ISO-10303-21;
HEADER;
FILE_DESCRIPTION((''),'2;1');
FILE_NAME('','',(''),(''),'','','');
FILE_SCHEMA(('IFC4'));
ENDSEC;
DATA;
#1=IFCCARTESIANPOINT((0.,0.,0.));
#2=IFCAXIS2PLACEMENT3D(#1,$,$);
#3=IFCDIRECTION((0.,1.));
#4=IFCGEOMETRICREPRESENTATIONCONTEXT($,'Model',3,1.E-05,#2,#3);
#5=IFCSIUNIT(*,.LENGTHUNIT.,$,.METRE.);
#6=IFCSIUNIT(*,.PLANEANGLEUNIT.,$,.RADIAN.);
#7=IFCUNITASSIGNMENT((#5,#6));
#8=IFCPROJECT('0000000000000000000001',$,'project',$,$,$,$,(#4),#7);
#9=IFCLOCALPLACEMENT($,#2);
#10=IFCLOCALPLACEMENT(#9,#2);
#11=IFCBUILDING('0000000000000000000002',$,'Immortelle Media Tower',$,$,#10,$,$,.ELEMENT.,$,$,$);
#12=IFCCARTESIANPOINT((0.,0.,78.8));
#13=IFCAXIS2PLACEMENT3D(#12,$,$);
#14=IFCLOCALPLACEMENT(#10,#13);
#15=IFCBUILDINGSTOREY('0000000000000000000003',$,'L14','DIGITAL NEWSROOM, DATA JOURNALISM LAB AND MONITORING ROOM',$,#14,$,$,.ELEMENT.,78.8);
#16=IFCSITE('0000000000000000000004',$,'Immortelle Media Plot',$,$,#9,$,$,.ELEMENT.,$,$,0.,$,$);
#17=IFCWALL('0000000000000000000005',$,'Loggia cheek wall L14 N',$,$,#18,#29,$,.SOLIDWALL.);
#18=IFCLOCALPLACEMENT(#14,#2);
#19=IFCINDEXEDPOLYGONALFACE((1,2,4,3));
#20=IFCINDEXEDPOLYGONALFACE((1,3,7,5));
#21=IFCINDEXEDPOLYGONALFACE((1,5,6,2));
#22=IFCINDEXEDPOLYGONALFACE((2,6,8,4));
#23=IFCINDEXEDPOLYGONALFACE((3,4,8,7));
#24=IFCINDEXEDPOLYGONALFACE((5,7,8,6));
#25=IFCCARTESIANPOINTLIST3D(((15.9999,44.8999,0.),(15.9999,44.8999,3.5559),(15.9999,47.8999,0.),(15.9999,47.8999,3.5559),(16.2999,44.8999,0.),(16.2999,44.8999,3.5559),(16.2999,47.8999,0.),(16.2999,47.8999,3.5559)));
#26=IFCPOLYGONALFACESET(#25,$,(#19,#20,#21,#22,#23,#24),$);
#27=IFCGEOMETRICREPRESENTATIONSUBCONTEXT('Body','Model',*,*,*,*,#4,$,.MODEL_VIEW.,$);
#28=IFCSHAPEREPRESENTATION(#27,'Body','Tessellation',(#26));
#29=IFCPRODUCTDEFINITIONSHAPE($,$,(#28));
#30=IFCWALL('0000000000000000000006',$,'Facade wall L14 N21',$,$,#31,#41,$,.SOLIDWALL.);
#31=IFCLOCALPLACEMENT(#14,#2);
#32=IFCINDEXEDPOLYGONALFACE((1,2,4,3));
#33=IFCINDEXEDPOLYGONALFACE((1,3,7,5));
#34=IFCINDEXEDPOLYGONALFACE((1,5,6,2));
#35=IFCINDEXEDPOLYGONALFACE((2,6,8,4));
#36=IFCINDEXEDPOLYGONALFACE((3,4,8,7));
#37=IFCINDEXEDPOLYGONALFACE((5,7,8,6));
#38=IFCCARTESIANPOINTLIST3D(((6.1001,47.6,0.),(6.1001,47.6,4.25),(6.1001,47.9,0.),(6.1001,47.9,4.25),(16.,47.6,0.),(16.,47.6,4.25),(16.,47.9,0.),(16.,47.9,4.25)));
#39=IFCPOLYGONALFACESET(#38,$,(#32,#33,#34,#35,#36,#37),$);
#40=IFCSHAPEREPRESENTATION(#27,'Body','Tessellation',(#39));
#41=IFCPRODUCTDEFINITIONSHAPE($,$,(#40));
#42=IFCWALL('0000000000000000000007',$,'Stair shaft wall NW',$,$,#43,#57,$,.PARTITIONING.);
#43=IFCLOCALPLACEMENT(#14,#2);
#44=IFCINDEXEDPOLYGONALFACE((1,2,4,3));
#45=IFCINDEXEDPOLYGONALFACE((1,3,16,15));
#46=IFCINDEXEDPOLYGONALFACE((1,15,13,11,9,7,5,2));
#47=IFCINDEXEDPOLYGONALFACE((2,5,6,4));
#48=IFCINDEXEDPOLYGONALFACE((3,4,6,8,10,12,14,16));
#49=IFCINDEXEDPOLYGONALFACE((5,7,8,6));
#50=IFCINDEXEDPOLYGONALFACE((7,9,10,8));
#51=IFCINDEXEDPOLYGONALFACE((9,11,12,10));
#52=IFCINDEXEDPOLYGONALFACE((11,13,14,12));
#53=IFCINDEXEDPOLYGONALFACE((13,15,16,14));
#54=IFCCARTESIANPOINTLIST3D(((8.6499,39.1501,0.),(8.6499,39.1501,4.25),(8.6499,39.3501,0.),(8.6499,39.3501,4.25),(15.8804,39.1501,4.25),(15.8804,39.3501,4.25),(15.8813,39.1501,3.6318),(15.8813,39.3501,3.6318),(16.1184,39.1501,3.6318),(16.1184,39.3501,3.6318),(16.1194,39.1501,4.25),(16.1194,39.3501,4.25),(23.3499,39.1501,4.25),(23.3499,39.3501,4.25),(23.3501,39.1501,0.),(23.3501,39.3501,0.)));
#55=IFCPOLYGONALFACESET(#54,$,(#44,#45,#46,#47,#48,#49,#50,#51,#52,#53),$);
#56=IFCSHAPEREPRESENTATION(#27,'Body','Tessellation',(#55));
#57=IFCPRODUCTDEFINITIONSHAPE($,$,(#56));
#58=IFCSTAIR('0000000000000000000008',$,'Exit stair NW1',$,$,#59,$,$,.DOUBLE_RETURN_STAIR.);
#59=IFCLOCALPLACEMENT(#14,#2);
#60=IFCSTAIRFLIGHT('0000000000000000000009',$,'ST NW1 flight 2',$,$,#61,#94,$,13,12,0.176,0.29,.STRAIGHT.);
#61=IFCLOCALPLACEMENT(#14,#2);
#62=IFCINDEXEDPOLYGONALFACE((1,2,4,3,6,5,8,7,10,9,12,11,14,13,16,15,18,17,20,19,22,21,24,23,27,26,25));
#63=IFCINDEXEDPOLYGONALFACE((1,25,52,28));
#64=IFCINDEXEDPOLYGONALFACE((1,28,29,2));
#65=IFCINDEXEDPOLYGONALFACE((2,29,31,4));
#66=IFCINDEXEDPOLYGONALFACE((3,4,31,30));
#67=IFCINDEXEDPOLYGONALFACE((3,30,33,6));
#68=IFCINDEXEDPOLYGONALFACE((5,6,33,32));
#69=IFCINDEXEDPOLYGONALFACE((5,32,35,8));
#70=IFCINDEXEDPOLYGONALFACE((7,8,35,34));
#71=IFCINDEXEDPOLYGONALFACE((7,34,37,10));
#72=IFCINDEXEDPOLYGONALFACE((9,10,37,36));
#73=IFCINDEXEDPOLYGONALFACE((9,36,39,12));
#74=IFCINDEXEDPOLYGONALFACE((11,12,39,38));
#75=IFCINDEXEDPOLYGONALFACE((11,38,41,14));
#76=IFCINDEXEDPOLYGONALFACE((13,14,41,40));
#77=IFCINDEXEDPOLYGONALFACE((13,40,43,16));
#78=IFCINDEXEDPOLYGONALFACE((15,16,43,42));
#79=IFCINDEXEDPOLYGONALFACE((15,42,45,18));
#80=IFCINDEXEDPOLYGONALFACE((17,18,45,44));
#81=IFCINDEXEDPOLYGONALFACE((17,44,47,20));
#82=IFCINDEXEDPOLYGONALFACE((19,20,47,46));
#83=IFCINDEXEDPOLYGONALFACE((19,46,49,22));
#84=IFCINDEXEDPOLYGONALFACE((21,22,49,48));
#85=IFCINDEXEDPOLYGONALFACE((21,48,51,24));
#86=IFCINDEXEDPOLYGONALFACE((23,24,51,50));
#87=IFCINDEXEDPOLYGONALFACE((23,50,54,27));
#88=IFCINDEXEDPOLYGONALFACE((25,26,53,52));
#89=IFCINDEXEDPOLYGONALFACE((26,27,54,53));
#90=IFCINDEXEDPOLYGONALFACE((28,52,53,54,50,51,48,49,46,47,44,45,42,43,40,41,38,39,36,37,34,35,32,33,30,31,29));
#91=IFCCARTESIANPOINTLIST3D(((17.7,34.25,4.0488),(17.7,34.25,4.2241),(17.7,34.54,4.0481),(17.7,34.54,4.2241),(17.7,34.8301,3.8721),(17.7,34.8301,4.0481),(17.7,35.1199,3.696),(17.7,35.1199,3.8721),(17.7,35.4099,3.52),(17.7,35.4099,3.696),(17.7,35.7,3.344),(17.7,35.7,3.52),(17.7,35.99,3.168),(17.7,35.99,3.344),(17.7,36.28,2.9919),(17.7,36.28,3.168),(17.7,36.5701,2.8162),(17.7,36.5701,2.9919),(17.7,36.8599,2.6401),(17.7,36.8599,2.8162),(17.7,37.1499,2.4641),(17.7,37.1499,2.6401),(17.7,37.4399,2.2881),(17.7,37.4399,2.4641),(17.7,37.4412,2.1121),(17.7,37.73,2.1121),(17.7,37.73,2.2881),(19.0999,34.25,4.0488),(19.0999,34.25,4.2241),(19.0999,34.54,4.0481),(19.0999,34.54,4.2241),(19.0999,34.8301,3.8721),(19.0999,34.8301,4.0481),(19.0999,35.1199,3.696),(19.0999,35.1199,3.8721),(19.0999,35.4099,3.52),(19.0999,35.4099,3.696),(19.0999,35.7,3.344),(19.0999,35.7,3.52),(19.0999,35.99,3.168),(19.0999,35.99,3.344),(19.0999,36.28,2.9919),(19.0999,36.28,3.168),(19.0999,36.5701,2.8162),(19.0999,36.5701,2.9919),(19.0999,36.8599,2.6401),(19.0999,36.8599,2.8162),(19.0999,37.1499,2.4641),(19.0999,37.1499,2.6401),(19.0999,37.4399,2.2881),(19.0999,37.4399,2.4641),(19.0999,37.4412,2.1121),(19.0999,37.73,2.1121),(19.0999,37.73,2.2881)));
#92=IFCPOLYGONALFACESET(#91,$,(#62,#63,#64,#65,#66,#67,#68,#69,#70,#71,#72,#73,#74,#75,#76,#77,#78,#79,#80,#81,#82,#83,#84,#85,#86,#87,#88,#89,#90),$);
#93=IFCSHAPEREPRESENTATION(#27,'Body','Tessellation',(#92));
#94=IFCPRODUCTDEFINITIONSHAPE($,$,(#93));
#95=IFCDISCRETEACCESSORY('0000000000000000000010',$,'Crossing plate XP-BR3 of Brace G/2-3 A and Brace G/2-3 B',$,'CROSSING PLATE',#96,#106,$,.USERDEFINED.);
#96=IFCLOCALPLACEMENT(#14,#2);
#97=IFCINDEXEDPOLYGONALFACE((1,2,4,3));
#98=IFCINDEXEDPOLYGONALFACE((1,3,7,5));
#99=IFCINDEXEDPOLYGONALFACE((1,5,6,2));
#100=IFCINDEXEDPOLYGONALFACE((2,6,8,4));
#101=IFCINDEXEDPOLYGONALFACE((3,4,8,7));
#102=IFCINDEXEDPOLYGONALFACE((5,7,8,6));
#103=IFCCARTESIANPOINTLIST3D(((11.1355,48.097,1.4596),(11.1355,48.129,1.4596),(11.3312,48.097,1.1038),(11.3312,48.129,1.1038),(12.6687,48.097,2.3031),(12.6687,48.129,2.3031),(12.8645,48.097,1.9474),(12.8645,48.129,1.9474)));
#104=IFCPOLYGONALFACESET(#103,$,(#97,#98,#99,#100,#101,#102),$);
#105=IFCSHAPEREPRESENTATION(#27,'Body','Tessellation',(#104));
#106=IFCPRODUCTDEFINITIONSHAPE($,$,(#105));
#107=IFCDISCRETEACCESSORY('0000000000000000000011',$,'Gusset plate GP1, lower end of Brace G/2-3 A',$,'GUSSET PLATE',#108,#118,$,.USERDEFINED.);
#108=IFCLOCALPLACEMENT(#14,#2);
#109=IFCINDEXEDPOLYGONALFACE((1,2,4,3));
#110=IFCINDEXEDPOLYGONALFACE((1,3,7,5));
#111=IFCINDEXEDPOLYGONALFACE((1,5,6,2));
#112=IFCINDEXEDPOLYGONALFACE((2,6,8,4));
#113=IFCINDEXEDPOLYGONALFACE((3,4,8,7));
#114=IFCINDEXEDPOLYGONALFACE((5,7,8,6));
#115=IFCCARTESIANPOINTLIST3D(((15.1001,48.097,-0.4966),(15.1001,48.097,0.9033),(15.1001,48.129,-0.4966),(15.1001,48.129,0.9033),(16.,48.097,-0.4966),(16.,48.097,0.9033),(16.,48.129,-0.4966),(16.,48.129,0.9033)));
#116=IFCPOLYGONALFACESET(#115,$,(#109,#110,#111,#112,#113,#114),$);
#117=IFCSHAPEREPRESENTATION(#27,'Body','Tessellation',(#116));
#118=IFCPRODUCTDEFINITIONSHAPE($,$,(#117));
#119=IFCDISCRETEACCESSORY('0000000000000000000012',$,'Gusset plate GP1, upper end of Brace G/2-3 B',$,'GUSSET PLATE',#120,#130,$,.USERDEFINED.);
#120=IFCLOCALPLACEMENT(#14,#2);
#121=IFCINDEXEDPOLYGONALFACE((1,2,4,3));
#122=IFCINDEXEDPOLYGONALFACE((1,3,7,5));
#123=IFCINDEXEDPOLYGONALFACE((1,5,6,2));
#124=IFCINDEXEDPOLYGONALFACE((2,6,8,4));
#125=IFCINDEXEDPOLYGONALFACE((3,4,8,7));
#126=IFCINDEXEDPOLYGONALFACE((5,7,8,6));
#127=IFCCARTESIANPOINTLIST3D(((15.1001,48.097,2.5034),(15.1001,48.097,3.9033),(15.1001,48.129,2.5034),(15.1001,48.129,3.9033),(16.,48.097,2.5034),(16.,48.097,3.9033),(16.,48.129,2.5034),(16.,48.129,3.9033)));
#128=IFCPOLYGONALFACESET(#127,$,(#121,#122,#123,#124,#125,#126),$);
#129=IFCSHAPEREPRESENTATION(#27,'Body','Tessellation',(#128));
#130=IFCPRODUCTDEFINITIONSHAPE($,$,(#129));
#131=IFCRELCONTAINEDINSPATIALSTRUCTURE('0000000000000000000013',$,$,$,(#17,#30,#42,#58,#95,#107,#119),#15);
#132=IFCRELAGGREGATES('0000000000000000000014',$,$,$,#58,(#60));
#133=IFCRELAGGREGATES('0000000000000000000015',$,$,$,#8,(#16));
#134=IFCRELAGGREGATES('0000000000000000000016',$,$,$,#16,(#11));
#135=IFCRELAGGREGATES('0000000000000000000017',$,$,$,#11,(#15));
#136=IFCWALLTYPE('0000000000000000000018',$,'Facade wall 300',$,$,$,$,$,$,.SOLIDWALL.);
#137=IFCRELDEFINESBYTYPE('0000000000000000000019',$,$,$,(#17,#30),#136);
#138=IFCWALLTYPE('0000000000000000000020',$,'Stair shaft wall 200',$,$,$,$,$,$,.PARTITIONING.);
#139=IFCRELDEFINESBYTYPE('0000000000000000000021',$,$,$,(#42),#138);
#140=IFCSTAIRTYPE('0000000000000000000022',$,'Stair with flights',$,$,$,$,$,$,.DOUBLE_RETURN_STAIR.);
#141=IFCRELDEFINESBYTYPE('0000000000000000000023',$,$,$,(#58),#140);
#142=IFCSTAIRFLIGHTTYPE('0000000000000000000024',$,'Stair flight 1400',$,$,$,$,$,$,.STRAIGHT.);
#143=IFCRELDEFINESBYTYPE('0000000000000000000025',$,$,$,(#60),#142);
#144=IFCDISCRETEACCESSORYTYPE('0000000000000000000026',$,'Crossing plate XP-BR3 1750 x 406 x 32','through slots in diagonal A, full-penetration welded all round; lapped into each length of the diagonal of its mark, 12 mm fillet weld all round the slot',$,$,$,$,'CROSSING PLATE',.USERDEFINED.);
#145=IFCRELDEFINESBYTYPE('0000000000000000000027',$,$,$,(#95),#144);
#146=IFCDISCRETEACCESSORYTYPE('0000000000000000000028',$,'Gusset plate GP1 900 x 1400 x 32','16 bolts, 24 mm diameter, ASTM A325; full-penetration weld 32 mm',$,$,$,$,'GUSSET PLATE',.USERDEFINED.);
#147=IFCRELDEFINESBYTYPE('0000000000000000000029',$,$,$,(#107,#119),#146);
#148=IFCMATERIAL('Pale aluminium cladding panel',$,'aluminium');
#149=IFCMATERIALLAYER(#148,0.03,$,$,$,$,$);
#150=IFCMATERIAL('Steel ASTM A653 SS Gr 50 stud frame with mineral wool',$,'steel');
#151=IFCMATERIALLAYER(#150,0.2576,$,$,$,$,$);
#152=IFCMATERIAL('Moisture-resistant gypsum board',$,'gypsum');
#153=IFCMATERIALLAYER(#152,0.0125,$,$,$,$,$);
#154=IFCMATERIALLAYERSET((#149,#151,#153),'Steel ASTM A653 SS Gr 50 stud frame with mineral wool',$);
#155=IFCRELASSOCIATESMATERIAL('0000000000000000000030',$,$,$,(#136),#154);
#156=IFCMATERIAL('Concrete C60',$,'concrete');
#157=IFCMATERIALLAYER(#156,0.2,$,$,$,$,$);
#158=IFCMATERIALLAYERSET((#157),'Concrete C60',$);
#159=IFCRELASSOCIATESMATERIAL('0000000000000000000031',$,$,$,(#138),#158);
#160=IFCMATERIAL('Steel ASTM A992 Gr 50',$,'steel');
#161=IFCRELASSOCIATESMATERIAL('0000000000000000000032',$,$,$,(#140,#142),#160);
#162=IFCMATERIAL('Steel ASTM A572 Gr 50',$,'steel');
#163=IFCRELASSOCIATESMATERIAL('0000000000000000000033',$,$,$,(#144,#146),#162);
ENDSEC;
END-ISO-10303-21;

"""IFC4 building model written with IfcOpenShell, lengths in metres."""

from ifc_helpers import new_model, si_unit, direction, frame, frame_2d, origin, origin_2d, place, context, subcontext, project, spatial, polyline, rectangle, outline, extrude, material, layer, layer_set, material_profile, profile_set, type_object, element, aggregate, save


model = new_model("IFC4")

# Units and contexts
model_context = context("Model", 3, precision=1e-05, world=origin(), true_north=direction((0.0, 1.0)))
body_context = subcontext(model_context, "Body", "Model", "MODEL_VIEW")
ifc_project = project(units=[si_unit("LENGTHUNIT", "METRE"), si_unit("PLANEANGLEUNIT", "RADIAN")], contexts=[model_context])

# Site, building, storey
site_placement = place(None, origin())
site = spatial("IfcSite", under=ifc_project, at=site_placement, Name="Immortelle Media Plot", CompositionType="ELEMENT", RefElevation=0.0)
building_placement = place(site_placement, origin())
building = spatial("IfcBuilding", under=site, at=building_placement, Name="Immortelle Media Tower", CompositionType="ELEMENT")
storey_placement = place(building_placement, frame((0.0, 0.0, 78.8)))
storey = spatial("IfcBuildingStorey", under=building, at=storey_placement, Name="L14", Description="DIGITAL NEWSROOM, DATA JOURNALISM LAB AND MONITORING ROOM", CompositionType="ELEMENT", Elevation=78.8)

# Shared definitions
ifc_material_1 = material(Name="Steel ASTM A992 Gr 50", Category="steel")

# Walls
ifc_material_2 = material(Name="Pale aluminium cladding panel", Category="aluminium")
ifc_layer_1 = layer(ifc_material_2, 0.03)
ifc_material_3 = material(Name="Steel ASTM A653 SS Gr 50 stud frame with mineral wool", Category="steel")
ifc_layer_2 = layer(ifc_material_3, 0.2576)
ifc_material_4 = material(Name="Moisture-resistant gypsum board", Category="gypsum")
ifc_layer_3 = layer(ifc_material_4, 0.0125)
ifc_layer_set_1 = layer_set([ifc_layer_1, ifc_layer_2, ifc_layer_3], Name="Steel ASTM A653 SS Gr 50 stud frame with mineral wool")
wall_type_1 = type_object("IfcWallType", Name="Facade wall 300", PredefinedType="SOLIDWALL", material=ifc_layer_set_1)
wall_1_placement = place(storey_placement, frame((16.1499, 47.8999, 0.0), z_axis=(0.0, 0.0, 1.0), x_axis=(0.0, -1.0, 0.0)))
element("IfcWall", 1, at=wall_1_placement, inside=storey, type_object=wall_type_1, Name="Loggia cheek wall L14 N", PredefinedType="SOLIDWALL", context=body_context, shape_type="SweptSolid", body=[
    extrude(rectangle(XDim=3.0, YDim=0.3, at=frame_2d((1.5, 0.0))), origin(), (0.0, 0.0, 1.0), 3.5559),
])
wall_2_placement = place(storey_placement, frame((16.0, 47.75, 0.0), z_axis=(0.0, 0.0, 1.0), x_axis=(-1.0, 0.0, 0.0)))
element("IfcWall", 2, at=wall_2_placement, inside=storey, type_object=wall_type_1, Name="Facade wall L14 N21", PredefinedType="SOLIDWALL", context=body_context, shape_type="SweptSolid", body=[
    extrude(rectangle(XDim=9.8999, YDim=0.3, at=frame_2d((4.95, 0.0))), origin(), (0.0, 0.0, 1.0), 4.25),
])
ifc_material_5 = material(Name="Concrete C60", Category="concrete")
ifc_layer_4 = layer(ifc_material_5, 0.2)
ifc_layer_set_2 = layer_set([ifc_layer_4], Name="Concrete C60")
wall_type_2 = type_object("IfcWallType", Name="Stair shaft wall 200", PredefinedType="PARTITIONING", material=ifc_layer_set_2)
wall_3_placement = place(storey_placement, frame((8.6499, 39.25, 0.0), z_axis=(0.0, 0.0, 1.0), x_axis=(1.0, 0.0, 0.0)))
element("IfcWall", 3, at=wall_3_placement, inside=storey, type_object=wall_type_2, Name="Stair shaft wall NW", PredefinedType="PARTITIONING", context=body_context, shape_type="SweptSolid", body=[
    extrude(outline(polyline([(0.0, 0.0), (14.7002, 0.0), (14.7, 4.25), (7.4695, 4.25), (7.4685, 3.6318), (7.2314, 3.6318), (7.2305, 4.25), (0.0, 4.25), (0.0, 0.0)])), frame((0.0, 0.1001, 0.0), z_axis=(0.0, -1.0, 0.0), x_axis=(1.0, 0.0, 0.0)), (0.0, 0.0, 1.0), 0.2),
])

# Stair, stair flight
stair_type = type_object("IfcStairType", Name="Stair with flights", PredefinedType="DOUBLE_RETURN_STAIR", material=ifc_material_1)
stair_placement = place(storey_placement, origin())
stair = element("IfcStair", 4, at=stair_placement, inside=storey, type_object=stair_type, Name="Exit stair NW1", PredefinedType="DOUBLE_RETURN_STAIR")
stair_flight_type = type_object("IfcStairFlightType", Name="Stair flight 1400", PredefinedType="STRAIGHT", material=ifc_material_1)
stair_flight_placement = place(storey_placement, frame((18.3999, 37.73, 2.1121), z_axis=(0.0, 0.0, 1.0), x_axis=(0.0, -1.0, 0.0)))
stair_flight = element("IfcStairFlight", 5, at=stair_flight_placement, type_object=stair_flight_type, Name="ST NW1 flight 2", NumberOfRisers=13, NumberOfTreads=12, PredefinedType="STRAIGHT", RiserHeight=0.176, TreadLength=0.29, context=body_context, shape_type="SweptSolid", body=[
    extrude(outline(polyline([(0.0, 0.0), (0.0, 0.176), (0.29, 0.176), (0.29, 0.3521), (0.5801, 0.3521), (0.5801, 0.5281), (0.8701, 0.5281), (0.8701, 0.7041), (1.1599, 0.7041), (1.1599, 0.8799), (1.45, 0.8799), (1.45, 1.0559), (1.74, 1.0559), (1.74, 1.2319), (2.03, 1.2319), (2.03, 1.408), (2.3201, 1.408), (2.3201, 1.584), (2.6101, 1.584), (2.6101, 1.76), (2.8999, 1.76), (2.8999, 1.936), (3.1899, 1.936), (3.1899, 2.1121), (3.48, 2.1121), (3.48, 2.2881), (3.48, 1.9368), (0.2888, 0.0), (0.0, 0.0)])), frame((0.0, 0.7, 0.0), z_axis=(0.0, -1.0, 0.0), x_axis=(1.0, 0.0, 0.0)), (0.0, 0.0, 1.0), 1.3999),
])
aggregate(stair, [stair_flight])

# Discrete accessories
ifc_material_6 = material(Name="Steel ASTM A572 Gr 50", Category="steel")
ifc_material_profile_1 = material_profile(ifc_material_6, rectangle(XDim=0.032, YDim=0.406, at=origin_2d()), Name="PL 32 x 406")
ifc_profile_set_1 = profile_set([ifc_material_profile_1], Name="Steel ASTM A572 Gr 50")
discrete_accessory_type_1 = type_object("IfcDiscreteAccessoryType", Name="Crossing plate XP-BR3 1750 x 406 x 32", Description="through slots in diagonal A, full-penetration welded all round; lapped into each length of the diagonal of its mark, 12 mm fillet weld all round the slot", ElementType="CROSSING PLATE", PredefinedType="USERDEFINED", material=ifc_profile_set_1)
discrete_accessory_placement = place(storey_placement, frame((12.7666, 48.113, 2.1252), z_axis=(-0.876157, 0.0, -0.482026), x_axis=(0.0, -1.0, 0.0)))
element("IfcDiscreteAccessory", 6, at=discrete_accessory_placement, inside=storey, type_object=discrete_accessory_type_1, Name="Crossing plate XP-BR3 of Brace G/2-3 A and Brace G/2-3 B", ObjectType="CROSSING PLATE", PredefinedType="USERDEFINED", context=body_context, shape_type="SweptSolid", body=[
    extrude(rectangle(XDim=0.032, YDim=0.406, at=origin_2d()), origin(), (0.0, 0.0, 1.0), 1.75),
])
ifc_material_profile_2 = material_profile(ifc_material_6, rectangle(XDim=0.032, YDim=1.3999, at=origin_2d()), Name="PL 32 x 1400")
ifc_profile_set_2 = profile_set([ifc_material_profile_2], Name="Steel ASTM A572 Gr 50")
discrete_accessory_type_2 = type_object("IfcDiscreteAccessoryType", Name="Gusset plate GP1 900 x 1400 x 32", Description="16 bolts, 24 mm diameter, ASTM A325; full-penetration weld 32 mm", ElementType="GUSSET PLATE", PredefinedType="USERDEFINED", material=ifc_profile_set_2)
for number, where, z_axis, x_axis, name in (
    (7, (16.0, 48.113, 0.2034), (-1.0, 0.0, 0.0), (0.0, -1.0, 0.0), "Gusset plate GP1, lower end of Brace G/2-3 A"),
    (8, (16.0, 48.113, 3.2034), (-1.0, 0.0, 0.0), (0.0, -1.0, 0.0), "Gusset plate GP1, upper end of Brace G/2-3 B"),
):
    element("IfcDiscreteAccessory", number, at=place(storey_placement, frame(where, z_axis=z_axis, x_axis=x_axis)), inside=storey, type_object=discrete_accessory_type_2, Name=name, ObjectType="GUSSET PLATE", PredefinedType="USERDEFINED", context=body_context, shape_type="SweptSolid", body=[
        extrude(rectangle(XDim=0.032, YDim=1.3999, at=origin_2d()), origin(), (0.0, 0.0, 1.0), 0.8999),
    ])

save(model, "model.ifc")
